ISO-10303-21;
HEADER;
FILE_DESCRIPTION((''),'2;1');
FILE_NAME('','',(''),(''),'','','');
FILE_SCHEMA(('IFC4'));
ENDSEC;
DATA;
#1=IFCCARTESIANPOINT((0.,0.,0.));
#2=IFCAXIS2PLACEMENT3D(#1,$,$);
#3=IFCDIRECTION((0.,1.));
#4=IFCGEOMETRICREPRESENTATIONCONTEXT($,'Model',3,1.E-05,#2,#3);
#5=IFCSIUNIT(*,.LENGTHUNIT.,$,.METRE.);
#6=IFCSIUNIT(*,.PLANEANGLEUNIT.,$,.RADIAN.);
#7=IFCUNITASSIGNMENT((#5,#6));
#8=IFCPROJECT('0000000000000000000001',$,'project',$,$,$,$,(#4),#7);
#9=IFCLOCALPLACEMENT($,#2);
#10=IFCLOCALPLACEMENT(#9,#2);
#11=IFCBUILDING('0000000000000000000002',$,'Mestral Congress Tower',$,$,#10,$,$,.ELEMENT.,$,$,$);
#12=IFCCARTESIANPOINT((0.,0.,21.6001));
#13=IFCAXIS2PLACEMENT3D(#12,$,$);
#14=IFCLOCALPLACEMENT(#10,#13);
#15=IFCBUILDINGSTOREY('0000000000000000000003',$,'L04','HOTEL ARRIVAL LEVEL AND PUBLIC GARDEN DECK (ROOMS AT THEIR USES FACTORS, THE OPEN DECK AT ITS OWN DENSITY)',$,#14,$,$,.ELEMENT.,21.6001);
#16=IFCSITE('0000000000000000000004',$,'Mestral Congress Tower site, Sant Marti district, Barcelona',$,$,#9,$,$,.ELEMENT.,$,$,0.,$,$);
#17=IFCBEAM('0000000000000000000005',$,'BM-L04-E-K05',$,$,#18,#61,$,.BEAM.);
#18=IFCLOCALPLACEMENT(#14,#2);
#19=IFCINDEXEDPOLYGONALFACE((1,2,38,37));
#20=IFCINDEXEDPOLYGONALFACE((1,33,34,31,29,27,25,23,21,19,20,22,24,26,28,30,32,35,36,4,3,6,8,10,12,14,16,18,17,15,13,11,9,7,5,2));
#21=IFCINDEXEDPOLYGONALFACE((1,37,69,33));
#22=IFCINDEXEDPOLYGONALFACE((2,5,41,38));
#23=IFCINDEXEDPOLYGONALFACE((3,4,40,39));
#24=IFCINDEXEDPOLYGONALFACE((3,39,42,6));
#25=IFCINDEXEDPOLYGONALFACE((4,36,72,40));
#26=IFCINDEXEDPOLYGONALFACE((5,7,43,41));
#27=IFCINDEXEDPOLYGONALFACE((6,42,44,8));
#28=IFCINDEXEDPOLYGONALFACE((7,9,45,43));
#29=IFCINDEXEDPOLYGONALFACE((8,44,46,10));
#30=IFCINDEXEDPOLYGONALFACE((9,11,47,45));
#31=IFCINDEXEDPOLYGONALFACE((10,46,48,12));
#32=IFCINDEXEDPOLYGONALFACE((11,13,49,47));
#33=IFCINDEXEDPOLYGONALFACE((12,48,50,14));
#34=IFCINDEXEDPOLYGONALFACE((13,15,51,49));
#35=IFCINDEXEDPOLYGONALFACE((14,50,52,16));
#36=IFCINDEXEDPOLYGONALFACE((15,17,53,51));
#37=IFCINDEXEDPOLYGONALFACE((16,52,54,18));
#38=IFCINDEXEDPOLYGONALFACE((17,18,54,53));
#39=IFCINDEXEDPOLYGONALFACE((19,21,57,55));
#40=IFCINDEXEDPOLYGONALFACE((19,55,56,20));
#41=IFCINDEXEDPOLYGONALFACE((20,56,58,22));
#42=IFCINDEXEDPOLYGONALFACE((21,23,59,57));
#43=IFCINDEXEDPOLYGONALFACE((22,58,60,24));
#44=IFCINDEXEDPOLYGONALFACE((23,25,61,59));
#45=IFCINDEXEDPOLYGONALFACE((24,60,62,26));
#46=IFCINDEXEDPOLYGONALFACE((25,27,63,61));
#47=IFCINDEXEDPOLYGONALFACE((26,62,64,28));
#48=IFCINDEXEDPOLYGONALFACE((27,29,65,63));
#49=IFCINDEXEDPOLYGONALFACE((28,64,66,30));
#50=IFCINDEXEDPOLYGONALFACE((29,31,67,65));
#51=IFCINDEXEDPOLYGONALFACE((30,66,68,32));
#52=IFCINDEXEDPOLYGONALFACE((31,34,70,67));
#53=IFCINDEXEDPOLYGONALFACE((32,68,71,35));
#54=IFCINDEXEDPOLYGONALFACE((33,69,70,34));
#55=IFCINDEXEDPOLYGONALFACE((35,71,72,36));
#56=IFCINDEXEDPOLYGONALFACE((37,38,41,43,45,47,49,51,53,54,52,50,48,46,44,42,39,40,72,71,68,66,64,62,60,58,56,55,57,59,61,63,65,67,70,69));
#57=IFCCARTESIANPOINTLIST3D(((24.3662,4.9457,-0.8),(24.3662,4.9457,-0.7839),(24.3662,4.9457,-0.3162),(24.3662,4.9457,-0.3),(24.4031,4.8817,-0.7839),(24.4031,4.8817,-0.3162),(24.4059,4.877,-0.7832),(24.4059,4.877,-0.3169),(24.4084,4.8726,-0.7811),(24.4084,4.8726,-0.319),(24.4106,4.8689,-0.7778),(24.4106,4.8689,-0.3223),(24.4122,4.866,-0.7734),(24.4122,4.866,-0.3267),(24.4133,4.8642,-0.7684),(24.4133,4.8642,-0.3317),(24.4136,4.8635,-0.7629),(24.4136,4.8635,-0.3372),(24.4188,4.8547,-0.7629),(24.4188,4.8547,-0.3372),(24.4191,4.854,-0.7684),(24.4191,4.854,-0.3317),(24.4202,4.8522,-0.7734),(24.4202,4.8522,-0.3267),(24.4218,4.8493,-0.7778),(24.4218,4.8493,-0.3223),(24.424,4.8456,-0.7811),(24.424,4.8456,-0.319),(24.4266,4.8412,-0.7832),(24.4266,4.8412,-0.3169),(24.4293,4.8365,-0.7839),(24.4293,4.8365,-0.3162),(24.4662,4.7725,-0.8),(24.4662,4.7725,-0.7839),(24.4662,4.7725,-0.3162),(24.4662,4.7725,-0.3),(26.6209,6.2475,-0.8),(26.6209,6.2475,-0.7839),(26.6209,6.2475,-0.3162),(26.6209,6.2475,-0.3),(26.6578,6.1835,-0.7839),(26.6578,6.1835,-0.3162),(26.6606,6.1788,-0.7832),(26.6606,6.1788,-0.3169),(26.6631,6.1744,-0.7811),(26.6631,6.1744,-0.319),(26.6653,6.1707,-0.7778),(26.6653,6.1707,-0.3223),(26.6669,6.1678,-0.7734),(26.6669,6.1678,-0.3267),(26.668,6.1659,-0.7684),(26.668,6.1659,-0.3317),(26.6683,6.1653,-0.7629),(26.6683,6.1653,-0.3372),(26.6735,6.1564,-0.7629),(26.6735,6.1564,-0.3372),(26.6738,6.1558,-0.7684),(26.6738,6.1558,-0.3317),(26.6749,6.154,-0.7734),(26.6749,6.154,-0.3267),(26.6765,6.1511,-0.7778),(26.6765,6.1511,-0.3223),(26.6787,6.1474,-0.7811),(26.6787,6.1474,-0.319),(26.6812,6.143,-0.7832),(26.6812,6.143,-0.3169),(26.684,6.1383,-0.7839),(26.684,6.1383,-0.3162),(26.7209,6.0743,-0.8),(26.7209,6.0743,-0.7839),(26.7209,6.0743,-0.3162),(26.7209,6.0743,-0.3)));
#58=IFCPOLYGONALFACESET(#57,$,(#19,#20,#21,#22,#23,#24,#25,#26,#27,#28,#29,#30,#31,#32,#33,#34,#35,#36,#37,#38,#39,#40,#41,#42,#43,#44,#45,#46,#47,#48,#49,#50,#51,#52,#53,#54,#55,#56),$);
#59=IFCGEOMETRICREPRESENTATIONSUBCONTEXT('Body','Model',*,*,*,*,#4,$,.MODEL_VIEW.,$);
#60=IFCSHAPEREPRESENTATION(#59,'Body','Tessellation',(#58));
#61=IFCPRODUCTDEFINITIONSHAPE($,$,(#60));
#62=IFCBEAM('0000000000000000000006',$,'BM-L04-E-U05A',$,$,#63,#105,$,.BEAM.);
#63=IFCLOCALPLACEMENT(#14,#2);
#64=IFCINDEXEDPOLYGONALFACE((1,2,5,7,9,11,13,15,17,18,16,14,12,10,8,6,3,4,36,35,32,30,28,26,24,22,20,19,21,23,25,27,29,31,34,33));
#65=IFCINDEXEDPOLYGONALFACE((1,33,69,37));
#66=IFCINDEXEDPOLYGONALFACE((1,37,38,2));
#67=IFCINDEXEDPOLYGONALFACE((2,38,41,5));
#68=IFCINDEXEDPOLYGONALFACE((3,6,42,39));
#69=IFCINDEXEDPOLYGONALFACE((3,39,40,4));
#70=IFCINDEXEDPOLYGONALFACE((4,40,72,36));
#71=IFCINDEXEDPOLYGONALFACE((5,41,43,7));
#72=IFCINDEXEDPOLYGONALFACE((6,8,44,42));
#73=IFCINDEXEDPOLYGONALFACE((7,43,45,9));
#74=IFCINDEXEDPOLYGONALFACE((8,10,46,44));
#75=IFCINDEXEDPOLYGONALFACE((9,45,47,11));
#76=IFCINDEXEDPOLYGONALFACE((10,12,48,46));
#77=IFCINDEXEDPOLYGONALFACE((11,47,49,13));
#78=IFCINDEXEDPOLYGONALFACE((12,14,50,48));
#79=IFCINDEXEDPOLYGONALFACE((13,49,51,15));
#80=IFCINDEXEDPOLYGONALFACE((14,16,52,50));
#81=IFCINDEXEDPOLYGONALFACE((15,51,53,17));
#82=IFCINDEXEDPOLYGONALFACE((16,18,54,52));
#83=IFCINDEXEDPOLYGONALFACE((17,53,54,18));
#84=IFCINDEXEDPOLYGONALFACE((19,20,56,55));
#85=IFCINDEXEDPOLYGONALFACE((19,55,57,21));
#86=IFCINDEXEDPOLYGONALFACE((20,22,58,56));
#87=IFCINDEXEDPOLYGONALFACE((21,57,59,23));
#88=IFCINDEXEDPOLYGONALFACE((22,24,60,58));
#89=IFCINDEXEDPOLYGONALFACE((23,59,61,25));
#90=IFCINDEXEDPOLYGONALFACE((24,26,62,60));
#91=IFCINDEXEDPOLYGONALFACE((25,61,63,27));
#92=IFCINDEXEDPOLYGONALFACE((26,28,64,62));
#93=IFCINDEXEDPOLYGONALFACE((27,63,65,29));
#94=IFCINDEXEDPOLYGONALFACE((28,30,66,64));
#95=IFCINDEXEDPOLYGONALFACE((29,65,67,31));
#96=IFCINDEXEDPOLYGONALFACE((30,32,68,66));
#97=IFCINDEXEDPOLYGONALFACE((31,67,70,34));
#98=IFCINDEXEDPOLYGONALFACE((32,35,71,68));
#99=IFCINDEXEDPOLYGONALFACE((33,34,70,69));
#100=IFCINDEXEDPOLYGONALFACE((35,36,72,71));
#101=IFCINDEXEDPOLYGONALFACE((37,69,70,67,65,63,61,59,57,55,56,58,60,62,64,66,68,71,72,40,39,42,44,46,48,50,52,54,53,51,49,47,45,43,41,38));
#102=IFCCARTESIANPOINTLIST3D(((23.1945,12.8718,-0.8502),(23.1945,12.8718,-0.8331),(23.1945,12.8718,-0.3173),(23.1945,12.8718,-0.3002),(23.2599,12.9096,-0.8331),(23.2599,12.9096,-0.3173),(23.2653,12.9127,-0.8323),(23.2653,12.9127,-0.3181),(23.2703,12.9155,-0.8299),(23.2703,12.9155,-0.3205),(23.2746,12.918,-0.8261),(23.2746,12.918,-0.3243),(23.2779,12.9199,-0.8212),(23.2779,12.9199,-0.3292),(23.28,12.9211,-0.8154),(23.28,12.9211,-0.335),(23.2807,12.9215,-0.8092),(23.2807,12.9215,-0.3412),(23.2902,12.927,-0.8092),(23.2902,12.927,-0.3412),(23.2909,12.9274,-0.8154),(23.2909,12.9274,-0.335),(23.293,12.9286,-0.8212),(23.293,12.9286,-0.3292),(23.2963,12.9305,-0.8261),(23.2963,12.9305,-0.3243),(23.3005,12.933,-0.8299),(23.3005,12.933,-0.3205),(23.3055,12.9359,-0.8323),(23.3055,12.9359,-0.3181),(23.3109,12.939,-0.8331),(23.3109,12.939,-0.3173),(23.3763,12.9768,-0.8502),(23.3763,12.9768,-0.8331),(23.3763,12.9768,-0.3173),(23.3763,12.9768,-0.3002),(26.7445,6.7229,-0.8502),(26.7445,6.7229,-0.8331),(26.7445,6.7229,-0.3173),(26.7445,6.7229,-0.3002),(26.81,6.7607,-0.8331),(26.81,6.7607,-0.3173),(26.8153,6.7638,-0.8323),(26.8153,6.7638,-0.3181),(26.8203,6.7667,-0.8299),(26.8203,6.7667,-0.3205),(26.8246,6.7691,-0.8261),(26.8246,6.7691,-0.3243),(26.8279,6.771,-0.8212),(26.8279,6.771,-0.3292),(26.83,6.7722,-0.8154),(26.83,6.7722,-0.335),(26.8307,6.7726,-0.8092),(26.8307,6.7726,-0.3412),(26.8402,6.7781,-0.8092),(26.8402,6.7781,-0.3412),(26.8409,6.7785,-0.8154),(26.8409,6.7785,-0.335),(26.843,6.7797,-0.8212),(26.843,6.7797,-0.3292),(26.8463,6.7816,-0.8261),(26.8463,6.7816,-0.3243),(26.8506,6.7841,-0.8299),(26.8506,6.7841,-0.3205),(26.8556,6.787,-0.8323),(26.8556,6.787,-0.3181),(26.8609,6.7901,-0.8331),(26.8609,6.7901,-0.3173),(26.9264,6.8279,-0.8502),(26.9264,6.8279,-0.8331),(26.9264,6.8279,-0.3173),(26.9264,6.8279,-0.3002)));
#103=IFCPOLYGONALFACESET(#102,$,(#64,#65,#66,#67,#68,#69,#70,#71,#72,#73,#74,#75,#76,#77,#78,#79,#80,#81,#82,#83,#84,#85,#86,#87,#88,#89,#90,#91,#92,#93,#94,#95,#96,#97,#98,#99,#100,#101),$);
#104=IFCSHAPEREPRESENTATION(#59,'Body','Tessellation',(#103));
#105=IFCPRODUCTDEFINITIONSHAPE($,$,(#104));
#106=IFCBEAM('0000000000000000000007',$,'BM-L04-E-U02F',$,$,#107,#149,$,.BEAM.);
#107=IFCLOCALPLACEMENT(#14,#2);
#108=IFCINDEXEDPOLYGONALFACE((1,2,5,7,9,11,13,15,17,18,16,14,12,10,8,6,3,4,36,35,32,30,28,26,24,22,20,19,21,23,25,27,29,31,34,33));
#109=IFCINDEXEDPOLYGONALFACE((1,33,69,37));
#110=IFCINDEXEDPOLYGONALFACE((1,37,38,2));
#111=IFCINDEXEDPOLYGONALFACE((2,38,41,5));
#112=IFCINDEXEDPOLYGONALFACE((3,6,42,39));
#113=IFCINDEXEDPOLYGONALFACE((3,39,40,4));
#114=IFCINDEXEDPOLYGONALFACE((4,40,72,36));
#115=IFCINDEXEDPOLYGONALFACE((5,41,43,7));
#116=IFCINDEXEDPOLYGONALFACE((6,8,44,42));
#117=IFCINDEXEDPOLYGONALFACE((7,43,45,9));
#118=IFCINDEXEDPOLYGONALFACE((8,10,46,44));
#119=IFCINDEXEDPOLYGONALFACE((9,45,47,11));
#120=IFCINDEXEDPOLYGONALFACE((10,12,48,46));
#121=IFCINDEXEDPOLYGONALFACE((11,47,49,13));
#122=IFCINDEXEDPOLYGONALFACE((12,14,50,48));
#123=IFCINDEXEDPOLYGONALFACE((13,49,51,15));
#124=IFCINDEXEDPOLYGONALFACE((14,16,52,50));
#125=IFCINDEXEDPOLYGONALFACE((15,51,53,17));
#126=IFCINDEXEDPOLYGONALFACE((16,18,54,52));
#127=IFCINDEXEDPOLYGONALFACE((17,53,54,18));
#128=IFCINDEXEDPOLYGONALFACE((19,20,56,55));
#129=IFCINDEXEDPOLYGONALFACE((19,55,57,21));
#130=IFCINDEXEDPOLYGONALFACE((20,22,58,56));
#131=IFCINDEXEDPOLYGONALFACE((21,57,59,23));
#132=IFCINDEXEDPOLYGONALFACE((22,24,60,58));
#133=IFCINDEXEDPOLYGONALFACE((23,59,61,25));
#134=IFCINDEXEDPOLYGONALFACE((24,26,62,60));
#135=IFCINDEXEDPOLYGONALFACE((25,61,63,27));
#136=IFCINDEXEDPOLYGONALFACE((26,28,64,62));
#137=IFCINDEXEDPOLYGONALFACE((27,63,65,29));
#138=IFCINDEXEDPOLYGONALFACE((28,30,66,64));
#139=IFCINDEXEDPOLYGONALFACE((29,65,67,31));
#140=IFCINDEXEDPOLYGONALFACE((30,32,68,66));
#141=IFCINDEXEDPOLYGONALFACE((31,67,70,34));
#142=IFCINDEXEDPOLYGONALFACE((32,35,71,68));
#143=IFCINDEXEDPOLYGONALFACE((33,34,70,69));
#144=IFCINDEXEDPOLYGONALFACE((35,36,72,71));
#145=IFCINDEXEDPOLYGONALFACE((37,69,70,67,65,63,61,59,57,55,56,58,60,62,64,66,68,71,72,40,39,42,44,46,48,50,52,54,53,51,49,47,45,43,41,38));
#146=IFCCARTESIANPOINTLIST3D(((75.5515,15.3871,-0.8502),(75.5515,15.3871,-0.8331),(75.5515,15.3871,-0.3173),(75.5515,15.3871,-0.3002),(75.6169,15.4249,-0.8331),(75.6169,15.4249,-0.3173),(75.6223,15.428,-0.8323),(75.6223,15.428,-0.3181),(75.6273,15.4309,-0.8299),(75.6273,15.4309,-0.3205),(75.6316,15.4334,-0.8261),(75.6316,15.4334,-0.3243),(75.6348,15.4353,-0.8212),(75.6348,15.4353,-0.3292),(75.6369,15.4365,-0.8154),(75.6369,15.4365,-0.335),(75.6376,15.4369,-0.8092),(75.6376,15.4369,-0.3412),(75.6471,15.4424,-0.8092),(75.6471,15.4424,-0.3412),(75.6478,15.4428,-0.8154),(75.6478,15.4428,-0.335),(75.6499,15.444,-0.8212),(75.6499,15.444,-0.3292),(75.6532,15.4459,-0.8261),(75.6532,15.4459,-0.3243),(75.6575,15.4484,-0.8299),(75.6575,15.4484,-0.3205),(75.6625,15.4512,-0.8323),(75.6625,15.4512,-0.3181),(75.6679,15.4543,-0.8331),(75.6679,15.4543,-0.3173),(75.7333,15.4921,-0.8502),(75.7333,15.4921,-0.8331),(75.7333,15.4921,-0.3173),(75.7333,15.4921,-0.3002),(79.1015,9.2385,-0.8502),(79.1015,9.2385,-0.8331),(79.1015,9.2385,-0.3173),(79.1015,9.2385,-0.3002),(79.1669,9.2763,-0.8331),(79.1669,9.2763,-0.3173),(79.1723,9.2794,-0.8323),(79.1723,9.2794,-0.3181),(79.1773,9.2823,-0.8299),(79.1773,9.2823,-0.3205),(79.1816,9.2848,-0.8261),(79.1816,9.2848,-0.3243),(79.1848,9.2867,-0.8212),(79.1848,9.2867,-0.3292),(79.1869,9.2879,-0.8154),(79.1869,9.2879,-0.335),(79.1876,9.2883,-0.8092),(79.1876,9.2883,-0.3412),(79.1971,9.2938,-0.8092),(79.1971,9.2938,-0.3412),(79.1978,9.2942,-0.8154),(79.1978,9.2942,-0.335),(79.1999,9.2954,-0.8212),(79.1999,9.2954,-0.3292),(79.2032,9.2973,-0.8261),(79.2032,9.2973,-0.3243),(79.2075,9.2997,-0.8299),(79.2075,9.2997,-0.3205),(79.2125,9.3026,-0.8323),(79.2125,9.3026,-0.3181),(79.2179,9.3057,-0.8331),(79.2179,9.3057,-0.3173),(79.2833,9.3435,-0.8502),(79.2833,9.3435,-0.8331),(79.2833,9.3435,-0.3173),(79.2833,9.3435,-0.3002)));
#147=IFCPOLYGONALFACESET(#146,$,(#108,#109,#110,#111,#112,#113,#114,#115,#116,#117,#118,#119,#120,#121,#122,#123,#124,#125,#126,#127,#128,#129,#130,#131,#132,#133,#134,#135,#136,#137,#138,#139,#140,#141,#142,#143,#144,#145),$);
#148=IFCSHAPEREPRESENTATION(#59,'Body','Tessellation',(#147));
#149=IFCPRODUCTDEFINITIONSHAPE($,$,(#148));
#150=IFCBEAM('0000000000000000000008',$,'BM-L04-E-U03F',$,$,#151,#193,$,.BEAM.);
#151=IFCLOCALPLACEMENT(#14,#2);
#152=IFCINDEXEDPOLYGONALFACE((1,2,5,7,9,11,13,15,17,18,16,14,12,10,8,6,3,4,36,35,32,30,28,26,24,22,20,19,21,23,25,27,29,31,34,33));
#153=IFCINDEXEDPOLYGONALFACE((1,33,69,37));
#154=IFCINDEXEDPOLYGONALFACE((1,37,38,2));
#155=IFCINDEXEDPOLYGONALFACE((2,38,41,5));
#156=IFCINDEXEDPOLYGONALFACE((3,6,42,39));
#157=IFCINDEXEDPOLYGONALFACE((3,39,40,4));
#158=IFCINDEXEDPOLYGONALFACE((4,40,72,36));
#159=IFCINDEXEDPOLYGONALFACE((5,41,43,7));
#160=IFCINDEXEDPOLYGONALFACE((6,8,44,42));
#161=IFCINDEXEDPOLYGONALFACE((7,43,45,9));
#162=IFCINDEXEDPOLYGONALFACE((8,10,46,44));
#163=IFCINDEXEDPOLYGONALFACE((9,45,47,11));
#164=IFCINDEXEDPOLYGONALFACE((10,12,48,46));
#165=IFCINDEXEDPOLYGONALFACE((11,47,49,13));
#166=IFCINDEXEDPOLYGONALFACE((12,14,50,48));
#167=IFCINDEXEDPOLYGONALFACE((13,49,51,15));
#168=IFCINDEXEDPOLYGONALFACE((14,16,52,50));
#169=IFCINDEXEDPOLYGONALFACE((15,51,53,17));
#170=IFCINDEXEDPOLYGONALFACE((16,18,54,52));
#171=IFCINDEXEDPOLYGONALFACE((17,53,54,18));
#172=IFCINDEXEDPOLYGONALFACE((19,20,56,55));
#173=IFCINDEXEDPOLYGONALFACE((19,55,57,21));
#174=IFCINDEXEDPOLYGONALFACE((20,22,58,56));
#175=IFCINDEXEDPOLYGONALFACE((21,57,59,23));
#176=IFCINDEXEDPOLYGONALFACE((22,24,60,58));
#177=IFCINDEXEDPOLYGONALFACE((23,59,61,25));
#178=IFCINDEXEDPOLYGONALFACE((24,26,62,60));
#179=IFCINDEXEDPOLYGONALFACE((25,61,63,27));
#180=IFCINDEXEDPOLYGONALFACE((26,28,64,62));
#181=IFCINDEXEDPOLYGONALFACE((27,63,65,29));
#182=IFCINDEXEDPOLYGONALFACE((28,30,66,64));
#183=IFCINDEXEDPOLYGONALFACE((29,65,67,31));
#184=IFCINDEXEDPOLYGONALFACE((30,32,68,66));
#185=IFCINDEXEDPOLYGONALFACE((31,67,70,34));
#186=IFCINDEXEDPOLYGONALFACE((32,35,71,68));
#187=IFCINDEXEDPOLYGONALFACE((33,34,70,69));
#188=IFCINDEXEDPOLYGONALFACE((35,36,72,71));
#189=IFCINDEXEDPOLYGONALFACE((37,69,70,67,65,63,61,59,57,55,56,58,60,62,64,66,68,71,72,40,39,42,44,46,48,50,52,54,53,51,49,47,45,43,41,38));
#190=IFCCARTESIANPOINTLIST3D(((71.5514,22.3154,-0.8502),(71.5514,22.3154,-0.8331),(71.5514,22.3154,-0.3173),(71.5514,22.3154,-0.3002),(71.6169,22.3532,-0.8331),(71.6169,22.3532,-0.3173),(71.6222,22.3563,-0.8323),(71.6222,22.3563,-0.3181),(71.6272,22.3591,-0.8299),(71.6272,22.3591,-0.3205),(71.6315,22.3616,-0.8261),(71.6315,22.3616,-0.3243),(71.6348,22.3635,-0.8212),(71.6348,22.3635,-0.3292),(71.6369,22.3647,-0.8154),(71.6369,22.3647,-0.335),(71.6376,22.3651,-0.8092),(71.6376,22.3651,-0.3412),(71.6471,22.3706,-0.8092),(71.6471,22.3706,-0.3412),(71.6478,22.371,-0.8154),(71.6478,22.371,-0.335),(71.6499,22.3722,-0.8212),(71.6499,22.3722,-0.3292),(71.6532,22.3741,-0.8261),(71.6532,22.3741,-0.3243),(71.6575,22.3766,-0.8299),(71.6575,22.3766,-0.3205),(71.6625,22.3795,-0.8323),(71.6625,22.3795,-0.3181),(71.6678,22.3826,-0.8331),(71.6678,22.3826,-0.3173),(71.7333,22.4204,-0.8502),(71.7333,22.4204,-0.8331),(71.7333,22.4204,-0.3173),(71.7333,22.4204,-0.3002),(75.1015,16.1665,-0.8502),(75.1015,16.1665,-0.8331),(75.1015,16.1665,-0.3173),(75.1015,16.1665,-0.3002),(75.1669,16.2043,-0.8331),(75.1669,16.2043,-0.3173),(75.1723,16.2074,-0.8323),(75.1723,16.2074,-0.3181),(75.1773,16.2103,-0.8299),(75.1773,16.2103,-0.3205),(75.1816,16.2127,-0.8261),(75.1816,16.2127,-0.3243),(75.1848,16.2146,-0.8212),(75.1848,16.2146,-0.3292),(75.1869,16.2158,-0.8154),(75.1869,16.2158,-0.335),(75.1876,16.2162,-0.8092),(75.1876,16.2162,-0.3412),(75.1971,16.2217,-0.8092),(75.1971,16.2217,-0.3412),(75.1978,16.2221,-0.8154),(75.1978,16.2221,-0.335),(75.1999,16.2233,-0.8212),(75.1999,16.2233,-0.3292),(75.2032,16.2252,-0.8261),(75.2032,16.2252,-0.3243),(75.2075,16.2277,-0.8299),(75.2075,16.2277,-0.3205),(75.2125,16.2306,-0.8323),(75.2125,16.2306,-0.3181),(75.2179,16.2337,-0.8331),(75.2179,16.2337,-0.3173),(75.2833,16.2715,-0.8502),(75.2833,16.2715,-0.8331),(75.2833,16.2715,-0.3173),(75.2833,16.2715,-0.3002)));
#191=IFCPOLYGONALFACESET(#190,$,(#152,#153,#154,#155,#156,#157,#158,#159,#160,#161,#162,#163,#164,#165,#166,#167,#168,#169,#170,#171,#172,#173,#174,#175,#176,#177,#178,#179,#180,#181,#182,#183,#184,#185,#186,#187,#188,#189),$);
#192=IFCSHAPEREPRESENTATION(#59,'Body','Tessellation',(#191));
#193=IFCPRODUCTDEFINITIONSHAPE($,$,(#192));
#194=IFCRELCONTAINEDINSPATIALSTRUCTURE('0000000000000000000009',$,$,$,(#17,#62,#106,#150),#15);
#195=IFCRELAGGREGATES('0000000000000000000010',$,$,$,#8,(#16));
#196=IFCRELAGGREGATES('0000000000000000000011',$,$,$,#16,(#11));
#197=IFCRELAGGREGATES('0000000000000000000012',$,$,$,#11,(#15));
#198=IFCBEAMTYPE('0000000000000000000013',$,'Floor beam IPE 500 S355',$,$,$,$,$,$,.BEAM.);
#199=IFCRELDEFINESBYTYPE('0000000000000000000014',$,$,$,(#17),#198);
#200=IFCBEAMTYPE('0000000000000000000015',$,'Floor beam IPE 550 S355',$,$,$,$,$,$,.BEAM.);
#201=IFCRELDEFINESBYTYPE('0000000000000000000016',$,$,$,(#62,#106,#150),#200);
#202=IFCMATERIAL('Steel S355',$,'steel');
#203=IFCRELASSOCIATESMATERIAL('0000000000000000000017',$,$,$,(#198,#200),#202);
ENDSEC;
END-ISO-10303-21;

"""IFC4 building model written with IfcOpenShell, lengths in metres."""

from ifc_helpers import new_model, si_unit, direction, frame, origin, origin_2d, place, context, subcontext, project, spatial, i_section, extrude, material, material_profile, profile_set, type_object, element, save


model = new_model("IFC4")

# Units and contexts
model_context = context("Model", 3, precision=1e-05, world=origin(), true_north=direction((0.0, 1.0)))
body_context = subcontext(model_context, "Body", "Model", "MODEL_VIEW")
ifc_project = project(units=[si_unit("LENGTHUNIT", "METRE"), si_unit("PLANEANGLEUNIT", "RADIAN")], contexts=[model_context])

# Site, building, storey
site_placement = place(None, origin())
site = spatial("IfcSite", under=ifc_project, at=site_placement, Name="Mestral Congress Tower site, Sant Marti district, Barcelona", CompositionType="ELEMENT", RefElevation=0.0)
building_placement = place(site_placement, origin())
building = spatial("IfcBuilding", under=site, at=building_placement, Name="Mestral Congress Tower", CompositionType="ELEMENT")
storey_placement = place(building_placement, frame((0.0, 0.0, 21.6001)))
storey = spatial("IfcBuildingStorey", under=building, at=storey_placement, Name="L04", Description="HOTEL ARRIVAL LEVEL AND PUBLIC GARDEN DECK (ROOMS AT THEIR USES FACTORS, THE OPEN DECK AT ITS OWN DENSITY)", CompositionType="ELEMENT", Elevation=21.6001)

# Beams
ifc_material_1 = material(Name="Steel S355", Category="steel")
ifc_material_profile_1 = material_profile(ifc_material_1, i_section(OverallWidth=0.2, OverallDepth=0.5, WebThickness=0.0103, FlangeThickness=0.0161, FilletRadius=0.021, at=origin_2d()), Name="IPE 500")
ifc_profile_set_1 = profile_set([ifc_material_profile_1], Name="Steel S355")
beam_type_1 = type_object("IfcBeamType", Name="Floor beam IPE 500 S355", PredefinedType="BEAM", material=ifc_profile_set_1)
beam_1_placement = place(storey_placement, frame((26.6709, 6.1609, -0.55), z_axis=(-0.866018, -0.500012, 0.0), x_axis=(0.500012, -0.866018, 0.0)))
element("IfcBeam", 1, at=beam_1_placement, inside=storey, type_object=beam_type_1, Name="BM-L04-E-K05", PredefinedType="BEAM", context=body_context, shape_type="SweptSolid", body=[
    extrude(i_section(OverallWidth=0.2, OverallDepth=0.5, WebThickness=0.0103, FlangeThickness=0.0161, FilletRadius=0.021, at=origin_2d()), origin(), (0.0, 0.0, 1.0), 2.6035),
])
ifc_material_profile_2 = material_profile(ifc_material_1, i_section(OverallWidth=0.21, OverallDepth=0.55, WebThickness=0.011, FlangeThickness=0.0171, FilletRadius=0.0239, at=origin_2d()), Name="IPE 550")
ifc_profile_set_2 = profile_set([ifc_material_profile_2], Name="Steel S355")
beam_type_2 = type_object("IfcBeamType", Name="Floor beam IPE 550 S355", PredefinedType="BEAM", material=ifc_profile_set_2)
beam_2_placement = place(storey_placement, frame((26.8354, 6.7754, -0.5752), z_axis=(-0.499996, 0.866028, 0.0), x_axis=(-0.866028, -0.499996, 0.0)))
element("IfcBeam", 2, at=beam_2_placement, inside=storey, type_object=beam_type_2, Name="BM-L04-E-U05A", PredefinedType="BEAM", context=body_context, shape_type="SweptSolid", body=[
    extrude(i_section(OverallWidth=0.21, OverallDepth=0.55, WebThickness=0.011, FlangeThickness=0.0171, FilletRadius=0.0239, at=origin_2d()), origin(), (0.0, 0.0, 1.0), 7.1001),
])
beam_3_placement = place(storey_placement, frame((79.1924, 9.291, -0.5752), z_axis=(-0.500011, 0.866019, 0.0), x_axis=(-0.866019, -0.500011, 0.0)))
element("IfcBeam", 3, at=beam_3_placement, inside=storey, type_object=beam_type_2, Name="BM-L04-E-U02F", PredefinedType="BEAM", context=body_context, shape_type="SweptSolid", body=[
    extrude(i_section(OverallWidth=0.21, OverallDepth=0.55, WebThickness=0.011, FlangeThickness=0.0171, FilletRadius=0.0239, at=origin_2d()), origin(), (0.0, 0.0, 1.0), 7.0999),
])
beam_4_placement = place(storey_placement, frame((75.1924, 16.219, -0.5752), z_axis=(-0.499996, 0.866028, 0.0), x_axis=(-0.866028, -0.499996, 0.0)))
element("IfcBeam", 4, at=beam_4_placement, inside=storey, type_object=beam_type_2, Name="BM-L04-E-U03F", PredefinedType="BEAM", context=body_context, shape_type="SweptSolid", body=[
    extrude(i_section(OverallWidth=0.21, OverallDepth=0.55, WebThickness=0.011, FlangeThickness=0.0171, FilletRadius=0.0239, at=origin_2d()), origin(), (0.0, 0.0, 1.0), 7.1001),
])

save(model, "model.ifc")
